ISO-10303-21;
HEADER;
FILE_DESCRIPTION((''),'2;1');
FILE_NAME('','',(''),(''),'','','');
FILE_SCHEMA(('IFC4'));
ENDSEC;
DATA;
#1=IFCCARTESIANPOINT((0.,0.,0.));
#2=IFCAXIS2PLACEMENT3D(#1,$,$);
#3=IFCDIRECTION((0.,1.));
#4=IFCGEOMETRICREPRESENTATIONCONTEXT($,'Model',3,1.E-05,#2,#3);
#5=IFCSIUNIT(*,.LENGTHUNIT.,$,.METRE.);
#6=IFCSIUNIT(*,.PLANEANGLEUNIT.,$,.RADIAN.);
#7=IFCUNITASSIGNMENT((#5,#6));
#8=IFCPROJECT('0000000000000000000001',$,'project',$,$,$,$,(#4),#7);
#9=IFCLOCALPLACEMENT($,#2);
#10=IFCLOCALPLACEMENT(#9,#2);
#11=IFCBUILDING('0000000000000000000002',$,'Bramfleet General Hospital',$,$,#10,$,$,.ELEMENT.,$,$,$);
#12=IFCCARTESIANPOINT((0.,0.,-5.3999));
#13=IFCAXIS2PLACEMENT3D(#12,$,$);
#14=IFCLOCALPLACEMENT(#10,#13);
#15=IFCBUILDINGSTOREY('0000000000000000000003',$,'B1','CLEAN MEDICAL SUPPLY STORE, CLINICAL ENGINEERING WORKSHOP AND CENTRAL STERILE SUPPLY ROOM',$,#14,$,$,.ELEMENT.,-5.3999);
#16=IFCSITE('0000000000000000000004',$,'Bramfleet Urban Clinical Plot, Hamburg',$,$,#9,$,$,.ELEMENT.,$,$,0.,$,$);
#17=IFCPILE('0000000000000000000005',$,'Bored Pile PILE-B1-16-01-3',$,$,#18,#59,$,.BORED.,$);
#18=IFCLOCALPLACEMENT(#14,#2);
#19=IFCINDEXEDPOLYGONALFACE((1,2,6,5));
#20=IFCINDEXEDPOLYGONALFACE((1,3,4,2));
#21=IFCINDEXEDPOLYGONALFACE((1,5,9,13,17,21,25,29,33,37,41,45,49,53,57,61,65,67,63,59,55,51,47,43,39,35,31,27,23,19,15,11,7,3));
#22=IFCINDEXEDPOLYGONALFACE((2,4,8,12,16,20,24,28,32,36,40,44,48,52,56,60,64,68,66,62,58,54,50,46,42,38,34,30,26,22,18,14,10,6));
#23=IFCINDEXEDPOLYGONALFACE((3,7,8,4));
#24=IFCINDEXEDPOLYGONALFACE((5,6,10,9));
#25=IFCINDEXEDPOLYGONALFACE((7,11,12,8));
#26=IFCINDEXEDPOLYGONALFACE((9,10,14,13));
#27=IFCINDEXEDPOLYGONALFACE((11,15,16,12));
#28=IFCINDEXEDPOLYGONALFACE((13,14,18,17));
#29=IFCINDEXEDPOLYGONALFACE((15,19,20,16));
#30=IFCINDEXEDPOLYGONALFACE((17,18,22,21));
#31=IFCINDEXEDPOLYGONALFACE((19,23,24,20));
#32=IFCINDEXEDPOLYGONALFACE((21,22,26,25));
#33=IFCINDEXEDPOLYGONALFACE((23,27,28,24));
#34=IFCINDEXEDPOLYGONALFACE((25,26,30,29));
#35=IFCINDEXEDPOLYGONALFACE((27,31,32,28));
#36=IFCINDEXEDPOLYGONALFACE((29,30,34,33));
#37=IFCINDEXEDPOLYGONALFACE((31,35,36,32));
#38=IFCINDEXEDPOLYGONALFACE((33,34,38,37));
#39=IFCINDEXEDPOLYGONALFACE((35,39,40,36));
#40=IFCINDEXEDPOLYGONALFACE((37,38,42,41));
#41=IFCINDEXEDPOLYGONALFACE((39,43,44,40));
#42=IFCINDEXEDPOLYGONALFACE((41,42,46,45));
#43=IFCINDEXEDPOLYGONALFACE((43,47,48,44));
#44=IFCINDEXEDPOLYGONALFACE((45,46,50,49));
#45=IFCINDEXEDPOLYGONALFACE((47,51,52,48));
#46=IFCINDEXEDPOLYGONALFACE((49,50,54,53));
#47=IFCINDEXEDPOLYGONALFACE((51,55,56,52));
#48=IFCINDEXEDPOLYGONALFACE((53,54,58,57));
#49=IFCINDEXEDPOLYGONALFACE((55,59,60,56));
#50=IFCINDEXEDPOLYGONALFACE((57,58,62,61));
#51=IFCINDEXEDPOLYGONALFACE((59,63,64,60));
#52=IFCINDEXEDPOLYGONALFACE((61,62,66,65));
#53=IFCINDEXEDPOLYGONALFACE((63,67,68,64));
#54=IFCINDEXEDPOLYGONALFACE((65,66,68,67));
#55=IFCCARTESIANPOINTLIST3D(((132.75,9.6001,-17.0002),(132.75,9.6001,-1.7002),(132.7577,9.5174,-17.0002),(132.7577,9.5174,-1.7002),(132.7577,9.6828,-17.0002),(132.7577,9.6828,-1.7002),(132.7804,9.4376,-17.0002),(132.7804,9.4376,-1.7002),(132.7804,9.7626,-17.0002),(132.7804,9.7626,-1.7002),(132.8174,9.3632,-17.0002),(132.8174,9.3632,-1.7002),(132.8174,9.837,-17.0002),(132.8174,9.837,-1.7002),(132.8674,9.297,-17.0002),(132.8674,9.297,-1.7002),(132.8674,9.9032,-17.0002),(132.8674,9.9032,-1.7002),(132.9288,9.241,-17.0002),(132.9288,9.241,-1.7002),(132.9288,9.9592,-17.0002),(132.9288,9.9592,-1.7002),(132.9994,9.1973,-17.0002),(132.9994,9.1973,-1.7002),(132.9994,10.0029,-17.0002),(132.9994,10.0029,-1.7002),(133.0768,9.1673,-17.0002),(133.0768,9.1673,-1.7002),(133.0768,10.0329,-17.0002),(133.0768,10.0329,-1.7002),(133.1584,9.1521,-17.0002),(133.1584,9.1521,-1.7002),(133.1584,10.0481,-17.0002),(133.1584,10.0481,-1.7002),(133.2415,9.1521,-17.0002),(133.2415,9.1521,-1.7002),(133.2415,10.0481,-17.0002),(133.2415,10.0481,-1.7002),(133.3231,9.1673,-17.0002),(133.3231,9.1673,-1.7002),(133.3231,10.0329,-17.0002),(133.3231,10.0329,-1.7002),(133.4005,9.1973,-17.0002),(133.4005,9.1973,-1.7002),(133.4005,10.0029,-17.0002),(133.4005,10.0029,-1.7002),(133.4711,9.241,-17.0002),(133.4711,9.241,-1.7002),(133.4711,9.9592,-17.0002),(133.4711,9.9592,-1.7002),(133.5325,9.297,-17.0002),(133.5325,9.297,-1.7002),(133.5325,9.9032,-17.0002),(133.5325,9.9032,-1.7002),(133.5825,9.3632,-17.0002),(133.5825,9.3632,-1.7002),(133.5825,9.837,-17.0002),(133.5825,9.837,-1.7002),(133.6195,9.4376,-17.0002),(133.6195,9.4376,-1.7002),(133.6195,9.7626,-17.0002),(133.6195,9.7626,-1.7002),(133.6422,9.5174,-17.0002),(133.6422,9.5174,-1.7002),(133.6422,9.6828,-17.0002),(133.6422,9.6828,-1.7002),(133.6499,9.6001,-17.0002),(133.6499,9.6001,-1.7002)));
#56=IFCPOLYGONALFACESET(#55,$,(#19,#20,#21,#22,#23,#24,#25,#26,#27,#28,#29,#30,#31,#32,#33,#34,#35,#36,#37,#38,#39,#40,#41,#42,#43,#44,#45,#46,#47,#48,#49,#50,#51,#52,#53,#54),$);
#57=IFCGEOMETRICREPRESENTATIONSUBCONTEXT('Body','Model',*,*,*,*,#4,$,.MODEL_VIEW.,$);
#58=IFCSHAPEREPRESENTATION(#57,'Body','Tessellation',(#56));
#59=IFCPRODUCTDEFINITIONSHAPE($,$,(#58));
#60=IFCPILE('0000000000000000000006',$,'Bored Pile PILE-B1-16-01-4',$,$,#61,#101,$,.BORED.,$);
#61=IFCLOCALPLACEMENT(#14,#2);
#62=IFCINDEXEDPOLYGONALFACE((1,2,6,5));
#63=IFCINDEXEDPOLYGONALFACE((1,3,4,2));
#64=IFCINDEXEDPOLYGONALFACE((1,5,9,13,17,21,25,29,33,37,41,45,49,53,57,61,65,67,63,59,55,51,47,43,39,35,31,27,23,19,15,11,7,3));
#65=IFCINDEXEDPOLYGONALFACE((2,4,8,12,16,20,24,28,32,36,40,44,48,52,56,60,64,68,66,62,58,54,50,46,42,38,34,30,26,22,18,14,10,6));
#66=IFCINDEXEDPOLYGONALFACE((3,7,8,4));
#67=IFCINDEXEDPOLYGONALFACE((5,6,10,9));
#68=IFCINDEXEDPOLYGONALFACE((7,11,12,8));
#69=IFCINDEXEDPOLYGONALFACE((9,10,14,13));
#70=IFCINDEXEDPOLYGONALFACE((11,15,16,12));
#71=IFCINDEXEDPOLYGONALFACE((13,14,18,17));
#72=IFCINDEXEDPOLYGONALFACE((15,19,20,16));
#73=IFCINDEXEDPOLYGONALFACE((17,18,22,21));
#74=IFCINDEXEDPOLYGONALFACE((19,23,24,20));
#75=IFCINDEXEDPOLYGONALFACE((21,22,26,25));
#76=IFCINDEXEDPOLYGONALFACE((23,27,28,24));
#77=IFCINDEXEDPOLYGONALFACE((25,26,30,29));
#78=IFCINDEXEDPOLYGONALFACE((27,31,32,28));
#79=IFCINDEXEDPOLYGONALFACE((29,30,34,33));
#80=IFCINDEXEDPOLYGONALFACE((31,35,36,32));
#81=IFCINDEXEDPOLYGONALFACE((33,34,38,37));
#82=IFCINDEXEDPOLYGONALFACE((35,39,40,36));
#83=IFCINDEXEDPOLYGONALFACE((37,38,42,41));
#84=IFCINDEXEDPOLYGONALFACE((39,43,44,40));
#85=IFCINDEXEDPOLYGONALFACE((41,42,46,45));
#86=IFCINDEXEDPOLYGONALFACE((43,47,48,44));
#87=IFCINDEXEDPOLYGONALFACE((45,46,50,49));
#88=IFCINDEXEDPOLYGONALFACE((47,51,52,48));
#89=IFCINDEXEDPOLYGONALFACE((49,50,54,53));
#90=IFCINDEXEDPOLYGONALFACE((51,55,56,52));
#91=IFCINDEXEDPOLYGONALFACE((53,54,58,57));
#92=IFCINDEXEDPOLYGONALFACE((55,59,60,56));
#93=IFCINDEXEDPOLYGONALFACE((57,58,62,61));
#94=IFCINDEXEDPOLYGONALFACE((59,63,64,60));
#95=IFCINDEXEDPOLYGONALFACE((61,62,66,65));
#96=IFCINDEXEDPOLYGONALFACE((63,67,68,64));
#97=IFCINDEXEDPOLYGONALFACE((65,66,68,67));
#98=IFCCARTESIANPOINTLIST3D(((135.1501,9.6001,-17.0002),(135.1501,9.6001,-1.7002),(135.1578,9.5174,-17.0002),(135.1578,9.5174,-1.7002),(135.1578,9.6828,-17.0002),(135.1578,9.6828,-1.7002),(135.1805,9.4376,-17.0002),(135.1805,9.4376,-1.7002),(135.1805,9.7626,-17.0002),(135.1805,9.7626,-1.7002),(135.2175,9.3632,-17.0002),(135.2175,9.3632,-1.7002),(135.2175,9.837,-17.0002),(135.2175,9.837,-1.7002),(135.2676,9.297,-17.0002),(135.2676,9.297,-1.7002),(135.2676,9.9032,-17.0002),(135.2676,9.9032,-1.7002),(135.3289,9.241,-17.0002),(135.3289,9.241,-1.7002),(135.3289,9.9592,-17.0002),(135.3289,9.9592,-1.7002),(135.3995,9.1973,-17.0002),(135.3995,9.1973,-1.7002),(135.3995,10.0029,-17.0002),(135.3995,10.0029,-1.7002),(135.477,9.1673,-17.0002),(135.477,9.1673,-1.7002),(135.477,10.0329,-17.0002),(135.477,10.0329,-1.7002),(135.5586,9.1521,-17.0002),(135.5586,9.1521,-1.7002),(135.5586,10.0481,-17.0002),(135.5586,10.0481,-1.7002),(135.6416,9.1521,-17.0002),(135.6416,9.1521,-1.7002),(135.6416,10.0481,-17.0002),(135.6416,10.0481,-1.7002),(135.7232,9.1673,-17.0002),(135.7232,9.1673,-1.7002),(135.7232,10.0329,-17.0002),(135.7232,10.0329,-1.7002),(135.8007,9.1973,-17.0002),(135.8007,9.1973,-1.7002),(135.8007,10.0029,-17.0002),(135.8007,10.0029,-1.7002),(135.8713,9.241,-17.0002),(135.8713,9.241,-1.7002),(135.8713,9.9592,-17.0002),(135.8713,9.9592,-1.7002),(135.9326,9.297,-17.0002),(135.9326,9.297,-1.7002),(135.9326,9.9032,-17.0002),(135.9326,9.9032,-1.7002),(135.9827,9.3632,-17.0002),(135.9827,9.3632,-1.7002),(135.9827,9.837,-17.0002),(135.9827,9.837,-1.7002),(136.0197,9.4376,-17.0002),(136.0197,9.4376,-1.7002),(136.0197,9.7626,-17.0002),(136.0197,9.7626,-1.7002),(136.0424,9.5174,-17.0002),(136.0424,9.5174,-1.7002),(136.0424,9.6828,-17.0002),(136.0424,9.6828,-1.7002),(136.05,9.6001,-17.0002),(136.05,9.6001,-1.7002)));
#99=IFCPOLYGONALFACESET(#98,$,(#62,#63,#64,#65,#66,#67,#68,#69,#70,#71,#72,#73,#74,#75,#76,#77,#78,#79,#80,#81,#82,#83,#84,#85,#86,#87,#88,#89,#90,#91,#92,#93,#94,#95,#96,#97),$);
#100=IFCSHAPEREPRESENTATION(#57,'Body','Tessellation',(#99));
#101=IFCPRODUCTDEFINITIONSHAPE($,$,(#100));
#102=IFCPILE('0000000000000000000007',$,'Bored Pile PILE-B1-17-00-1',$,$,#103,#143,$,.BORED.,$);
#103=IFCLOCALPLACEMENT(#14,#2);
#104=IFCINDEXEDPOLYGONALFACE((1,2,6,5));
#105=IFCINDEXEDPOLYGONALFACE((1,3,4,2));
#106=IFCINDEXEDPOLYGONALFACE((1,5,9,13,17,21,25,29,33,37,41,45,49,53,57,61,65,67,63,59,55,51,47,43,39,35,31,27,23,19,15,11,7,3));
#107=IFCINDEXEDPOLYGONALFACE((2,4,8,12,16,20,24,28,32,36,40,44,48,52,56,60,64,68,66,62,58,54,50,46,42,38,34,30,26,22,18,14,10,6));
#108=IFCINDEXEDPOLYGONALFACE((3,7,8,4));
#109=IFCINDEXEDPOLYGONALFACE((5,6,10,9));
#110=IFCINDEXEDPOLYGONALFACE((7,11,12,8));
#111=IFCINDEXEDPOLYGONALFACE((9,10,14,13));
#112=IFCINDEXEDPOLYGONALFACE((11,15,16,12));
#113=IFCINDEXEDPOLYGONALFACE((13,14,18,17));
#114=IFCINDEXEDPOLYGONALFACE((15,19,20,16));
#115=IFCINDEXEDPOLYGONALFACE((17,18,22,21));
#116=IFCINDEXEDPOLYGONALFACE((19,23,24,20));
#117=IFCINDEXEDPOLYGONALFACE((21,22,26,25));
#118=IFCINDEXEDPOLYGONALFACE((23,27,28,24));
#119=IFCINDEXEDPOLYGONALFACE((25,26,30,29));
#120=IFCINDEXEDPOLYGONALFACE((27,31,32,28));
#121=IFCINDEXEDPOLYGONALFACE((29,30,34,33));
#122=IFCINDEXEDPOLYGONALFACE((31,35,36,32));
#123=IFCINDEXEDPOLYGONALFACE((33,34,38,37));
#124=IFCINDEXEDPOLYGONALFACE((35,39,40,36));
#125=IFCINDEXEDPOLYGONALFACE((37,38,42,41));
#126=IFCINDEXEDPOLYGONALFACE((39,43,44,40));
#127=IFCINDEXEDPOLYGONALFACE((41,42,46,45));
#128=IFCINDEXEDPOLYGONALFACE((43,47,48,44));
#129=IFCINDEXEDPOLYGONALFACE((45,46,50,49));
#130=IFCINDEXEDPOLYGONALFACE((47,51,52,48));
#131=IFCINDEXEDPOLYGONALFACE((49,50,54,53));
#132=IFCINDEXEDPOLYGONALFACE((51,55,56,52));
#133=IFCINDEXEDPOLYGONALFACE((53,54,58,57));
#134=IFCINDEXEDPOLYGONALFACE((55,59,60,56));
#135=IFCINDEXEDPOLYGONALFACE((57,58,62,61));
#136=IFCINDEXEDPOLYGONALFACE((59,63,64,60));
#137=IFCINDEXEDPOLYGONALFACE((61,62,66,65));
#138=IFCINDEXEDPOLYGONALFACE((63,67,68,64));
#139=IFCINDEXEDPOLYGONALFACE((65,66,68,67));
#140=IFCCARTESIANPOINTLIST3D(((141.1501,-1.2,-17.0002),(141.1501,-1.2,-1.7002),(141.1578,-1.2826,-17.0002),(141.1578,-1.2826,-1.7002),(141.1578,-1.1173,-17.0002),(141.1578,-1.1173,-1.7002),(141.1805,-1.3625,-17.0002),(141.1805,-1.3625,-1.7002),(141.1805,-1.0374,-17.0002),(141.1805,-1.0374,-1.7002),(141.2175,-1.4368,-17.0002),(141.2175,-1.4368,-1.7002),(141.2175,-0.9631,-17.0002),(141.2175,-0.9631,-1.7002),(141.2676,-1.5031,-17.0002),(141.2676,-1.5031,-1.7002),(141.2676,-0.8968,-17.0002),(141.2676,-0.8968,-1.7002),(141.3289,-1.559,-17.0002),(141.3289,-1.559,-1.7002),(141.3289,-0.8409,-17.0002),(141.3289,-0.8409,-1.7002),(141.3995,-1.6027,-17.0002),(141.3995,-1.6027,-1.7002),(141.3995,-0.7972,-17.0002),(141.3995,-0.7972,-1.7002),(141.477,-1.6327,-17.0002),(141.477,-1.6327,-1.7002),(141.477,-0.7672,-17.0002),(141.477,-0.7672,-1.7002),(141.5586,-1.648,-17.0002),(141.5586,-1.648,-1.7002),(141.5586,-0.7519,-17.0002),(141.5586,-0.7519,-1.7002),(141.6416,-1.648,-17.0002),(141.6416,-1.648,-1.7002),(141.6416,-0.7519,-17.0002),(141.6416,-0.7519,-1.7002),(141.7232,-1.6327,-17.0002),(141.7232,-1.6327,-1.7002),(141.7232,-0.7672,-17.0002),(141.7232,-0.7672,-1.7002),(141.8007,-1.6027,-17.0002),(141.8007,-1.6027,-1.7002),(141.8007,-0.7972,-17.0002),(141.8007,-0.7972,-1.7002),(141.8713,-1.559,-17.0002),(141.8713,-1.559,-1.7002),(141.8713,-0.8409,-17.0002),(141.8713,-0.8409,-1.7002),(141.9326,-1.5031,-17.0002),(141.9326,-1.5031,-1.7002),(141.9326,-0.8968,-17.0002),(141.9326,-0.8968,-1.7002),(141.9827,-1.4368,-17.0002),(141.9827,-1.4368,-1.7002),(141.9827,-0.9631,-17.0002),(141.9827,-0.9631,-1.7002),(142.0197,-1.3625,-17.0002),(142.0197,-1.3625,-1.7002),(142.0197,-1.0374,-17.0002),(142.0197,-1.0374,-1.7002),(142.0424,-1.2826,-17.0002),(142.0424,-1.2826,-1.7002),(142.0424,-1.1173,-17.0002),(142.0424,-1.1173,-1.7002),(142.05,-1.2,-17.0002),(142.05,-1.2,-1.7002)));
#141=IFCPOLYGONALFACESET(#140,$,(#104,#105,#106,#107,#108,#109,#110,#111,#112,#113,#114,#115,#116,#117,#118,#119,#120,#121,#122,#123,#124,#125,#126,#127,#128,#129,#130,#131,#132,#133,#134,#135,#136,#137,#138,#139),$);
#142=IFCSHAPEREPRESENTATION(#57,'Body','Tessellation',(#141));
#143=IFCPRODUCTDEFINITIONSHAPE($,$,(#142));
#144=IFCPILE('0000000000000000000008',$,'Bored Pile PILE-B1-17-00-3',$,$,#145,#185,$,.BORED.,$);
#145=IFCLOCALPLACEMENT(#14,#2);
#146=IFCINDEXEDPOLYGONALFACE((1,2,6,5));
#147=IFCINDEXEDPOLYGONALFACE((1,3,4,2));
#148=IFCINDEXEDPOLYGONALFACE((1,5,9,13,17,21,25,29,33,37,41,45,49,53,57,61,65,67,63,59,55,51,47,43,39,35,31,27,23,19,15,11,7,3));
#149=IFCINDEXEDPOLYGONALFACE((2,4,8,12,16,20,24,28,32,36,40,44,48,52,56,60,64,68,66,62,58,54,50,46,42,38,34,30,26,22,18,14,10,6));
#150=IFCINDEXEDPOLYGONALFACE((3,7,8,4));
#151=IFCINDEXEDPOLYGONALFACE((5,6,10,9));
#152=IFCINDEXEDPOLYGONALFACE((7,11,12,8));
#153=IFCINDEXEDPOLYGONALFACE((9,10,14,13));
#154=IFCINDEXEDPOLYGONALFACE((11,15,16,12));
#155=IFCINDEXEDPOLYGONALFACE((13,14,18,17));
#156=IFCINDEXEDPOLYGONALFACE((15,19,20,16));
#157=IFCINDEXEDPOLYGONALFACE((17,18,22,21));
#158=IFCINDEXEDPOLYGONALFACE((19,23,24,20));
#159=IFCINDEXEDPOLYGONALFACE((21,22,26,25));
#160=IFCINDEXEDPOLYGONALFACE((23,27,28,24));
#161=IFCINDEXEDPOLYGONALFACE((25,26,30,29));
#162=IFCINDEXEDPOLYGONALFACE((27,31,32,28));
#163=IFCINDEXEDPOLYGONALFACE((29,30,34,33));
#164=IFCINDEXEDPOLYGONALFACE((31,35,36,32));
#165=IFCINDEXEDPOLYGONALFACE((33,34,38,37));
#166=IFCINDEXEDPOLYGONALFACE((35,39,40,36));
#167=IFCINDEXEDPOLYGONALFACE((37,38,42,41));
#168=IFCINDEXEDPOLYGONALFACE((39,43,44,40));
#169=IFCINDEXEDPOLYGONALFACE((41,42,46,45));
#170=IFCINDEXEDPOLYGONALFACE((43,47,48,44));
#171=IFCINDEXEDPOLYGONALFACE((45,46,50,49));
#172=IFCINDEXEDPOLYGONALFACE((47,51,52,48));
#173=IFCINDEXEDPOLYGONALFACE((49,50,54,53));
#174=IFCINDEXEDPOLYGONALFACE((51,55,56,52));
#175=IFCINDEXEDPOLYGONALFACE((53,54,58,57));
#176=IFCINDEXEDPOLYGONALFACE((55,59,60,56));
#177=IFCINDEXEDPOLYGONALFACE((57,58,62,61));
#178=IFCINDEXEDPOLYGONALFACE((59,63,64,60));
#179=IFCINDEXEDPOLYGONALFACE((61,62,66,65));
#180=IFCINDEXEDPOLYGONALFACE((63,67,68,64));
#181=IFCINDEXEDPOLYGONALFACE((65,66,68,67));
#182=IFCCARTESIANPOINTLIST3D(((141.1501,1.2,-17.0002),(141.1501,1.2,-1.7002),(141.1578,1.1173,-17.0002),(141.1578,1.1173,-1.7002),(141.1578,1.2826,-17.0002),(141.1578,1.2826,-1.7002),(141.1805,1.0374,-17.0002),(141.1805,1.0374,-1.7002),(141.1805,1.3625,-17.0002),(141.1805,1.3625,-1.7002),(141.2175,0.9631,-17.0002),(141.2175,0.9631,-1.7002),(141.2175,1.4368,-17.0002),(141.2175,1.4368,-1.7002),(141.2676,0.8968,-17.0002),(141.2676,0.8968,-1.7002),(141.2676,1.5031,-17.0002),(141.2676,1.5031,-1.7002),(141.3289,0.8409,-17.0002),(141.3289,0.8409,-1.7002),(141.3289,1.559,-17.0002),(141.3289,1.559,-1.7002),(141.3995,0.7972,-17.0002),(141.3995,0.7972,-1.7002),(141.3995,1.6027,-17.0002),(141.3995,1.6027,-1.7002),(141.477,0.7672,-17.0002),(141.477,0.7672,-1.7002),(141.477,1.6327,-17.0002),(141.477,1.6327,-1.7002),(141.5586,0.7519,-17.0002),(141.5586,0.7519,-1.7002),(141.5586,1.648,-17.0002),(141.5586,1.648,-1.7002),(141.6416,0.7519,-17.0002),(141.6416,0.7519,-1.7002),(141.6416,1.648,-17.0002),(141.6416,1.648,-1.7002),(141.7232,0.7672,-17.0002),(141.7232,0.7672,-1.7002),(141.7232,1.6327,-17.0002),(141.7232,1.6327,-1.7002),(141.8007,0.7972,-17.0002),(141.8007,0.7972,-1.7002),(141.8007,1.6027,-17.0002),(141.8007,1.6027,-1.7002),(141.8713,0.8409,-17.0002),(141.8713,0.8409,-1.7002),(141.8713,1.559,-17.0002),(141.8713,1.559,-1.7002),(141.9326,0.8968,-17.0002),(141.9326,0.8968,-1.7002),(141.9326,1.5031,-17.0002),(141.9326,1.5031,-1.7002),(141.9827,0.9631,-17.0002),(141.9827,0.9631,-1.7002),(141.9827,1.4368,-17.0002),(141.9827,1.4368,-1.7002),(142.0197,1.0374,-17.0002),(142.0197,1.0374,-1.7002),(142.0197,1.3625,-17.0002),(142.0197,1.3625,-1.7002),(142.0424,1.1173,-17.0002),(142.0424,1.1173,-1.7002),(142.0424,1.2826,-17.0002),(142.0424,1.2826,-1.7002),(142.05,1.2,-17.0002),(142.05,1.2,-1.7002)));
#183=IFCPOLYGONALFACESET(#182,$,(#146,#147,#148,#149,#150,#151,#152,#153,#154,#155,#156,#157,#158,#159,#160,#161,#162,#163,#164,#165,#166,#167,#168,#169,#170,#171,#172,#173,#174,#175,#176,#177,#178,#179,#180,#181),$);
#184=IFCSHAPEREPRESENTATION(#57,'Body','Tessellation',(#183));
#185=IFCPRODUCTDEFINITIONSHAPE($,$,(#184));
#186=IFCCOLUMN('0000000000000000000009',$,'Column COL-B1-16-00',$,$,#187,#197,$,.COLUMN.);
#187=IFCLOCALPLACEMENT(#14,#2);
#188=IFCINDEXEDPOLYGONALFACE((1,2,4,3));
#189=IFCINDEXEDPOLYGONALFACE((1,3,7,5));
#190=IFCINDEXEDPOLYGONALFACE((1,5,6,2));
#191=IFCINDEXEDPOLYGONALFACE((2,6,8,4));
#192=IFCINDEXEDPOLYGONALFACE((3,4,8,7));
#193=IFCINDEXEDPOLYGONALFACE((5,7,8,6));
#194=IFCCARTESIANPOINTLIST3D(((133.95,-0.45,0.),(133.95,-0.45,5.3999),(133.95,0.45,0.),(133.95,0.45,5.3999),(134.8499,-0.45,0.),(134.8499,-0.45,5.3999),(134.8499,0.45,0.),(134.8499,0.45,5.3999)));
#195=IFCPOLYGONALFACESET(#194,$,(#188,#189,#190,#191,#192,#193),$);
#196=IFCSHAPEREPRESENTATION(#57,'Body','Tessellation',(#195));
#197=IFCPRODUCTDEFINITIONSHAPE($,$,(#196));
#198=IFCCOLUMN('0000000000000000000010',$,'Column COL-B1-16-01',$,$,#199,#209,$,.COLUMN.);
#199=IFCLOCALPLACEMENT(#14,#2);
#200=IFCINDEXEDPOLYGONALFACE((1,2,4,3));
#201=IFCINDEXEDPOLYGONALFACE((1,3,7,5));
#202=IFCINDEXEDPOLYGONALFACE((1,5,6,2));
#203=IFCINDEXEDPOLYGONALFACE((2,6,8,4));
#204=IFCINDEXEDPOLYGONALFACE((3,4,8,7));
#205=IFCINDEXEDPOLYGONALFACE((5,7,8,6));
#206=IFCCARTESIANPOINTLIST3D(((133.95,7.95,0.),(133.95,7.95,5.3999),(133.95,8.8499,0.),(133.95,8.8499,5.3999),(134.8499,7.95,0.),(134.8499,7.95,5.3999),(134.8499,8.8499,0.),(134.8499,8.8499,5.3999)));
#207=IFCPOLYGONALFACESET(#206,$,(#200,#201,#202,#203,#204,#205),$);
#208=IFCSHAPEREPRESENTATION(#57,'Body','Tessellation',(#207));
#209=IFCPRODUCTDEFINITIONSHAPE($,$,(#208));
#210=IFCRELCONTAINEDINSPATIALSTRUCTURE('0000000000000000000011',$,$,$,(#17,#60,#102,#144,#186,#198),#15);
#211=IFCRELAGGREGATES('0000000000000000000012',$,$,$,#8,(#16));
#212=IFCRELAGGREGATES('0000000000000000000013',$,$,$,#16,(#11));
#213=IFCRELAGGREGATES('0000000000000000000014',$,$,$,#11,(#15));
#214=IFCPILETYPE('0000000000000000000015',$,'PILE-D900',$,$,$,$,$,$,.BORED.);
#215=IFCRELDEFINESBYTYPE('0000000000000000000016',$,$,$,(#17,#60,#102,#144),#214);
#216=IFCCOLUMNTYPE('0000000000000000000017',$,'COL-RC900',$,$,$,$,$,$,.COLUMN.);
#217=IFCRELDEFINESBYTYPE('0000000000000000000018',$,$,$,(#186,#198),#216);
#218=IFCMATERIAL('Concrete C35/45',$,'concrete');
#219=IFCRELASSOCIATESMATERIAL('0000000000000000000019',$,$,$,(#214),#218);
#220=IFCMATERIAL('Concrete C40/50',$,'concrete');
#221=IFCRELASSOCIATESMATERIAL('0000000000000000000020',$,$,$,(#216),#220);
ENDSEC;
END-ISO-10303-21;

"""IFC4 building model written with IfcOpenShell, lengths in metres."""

from ifc_helpers import new_model, si_unit, direction, frame, origin, origin_2d, place, context, subcontext, project, spatial, rectangle, circle, extrude, material, material_profile, profile_set, type_object, element, save


model = new_model("IFC4")

# Units and contexts
model_context = context("Model", 3, precision=1e-05, world=origin(), true_north=direction((0.0, 1.0)))
body_context = subcontext(model_context, "Body", "Model", "MODEL_VIEW")
ifc_project = project(units=[si_unit("LENGTHUNIT", "METRE"), si_unit("PLANEANGLEUNIT", "RADIAN")], contexts=[model_context])

# Site, building, storey
site_placement = place(None, origin())
site = spatial("IfcSite", under=ifc_project, at=site_placement, Name="Bramfleet Urban Clinical Plot, Hamburg", CompositionType="ELEMENT", RefElevation=0.0)
building_placement = place(site_placement, origin())
building = spatial("IfcBuilding", under=site, at=building_placement, Name="Bramfleet General Hospital", CompositionType="ELEMENT")
storey_placement = place(building_placement, frame((0.0, 0.0, -5.3999)))
storey = spatial("IfcBuildingStorey", under=building, at=storey_placement, Name="B1", Description="CLEAN MEDICAL SUPPLY STORE, CLINICAL ENGINEERING WORKSHOP AND CENTRAL STERILE SUPPLY ROOM", CompositionType="ELEMENT", Elevation=-5.3999)

# Shared definitions
ifc_material_1 = material(Name="Concrete C35/45", Category="concrete")

# Piles
ifc_material_profile_1 = material_profile(ifc_material_1, circle(Radius=0.45, at=origin_2d()), Name="PILE BORED D900")
ifc_profile_set_1 = profile_set([ifc_material_profile_1], Name="Concrete C35/45")
pile_type_1 = type_object("IfcPileType", Name="PILE-D900", PredefinedType="BORED", material=ifc_profile_set_1)
for number, where, z_axis, x_axis, name in (
    (1, (133.2, 9.6001, -1.7002), (0.0, 0.0, -1.0), (1.0, 0.0, 0.0), "Bored Pile PILE-B1-16-01-3"),
    (2, (135.6001, 9.6001, -1.7002), (0.0, 0.0, -1.0), (1.0, 0.0, 0.0), "Bored Pile PILE-B1-16-01-4"),
    (3, (141.6001, -1.2, -1.7002), (0.0, 0.0, -1.0), (1.0, 0.0, 0.0), "Bored Pile PILE-B1-17-00-1"),
    (4, (141.6001, 1.2, -1.7002), (0.0, 0.0, -1.0), (1.0, 0.0, 0.0), "Bored Pile PILE-B1-17-00-3"),
):
    element("IfcPile", number, at=place(storey_placement, frame(where, z_axis=z_axis, x_axis=x_axis)), inside=storey, type_object=pile_type_1, Name=name, PredefinedType="BORED", context=body_context, shape_type="SweptSolid", body=[
        extrude(circle(Radius=0.45, at=origin_2d()), origin(), (0.0, 0.0, 1.0), 15.3),
    ])

# Columns
ifc_material_2 = material(Name="Concrete C40/50", Category="concrete")
ifc_material_profile_2 = material_profile(ifc_material_2, rectangle(XDim=0.8999, YDim=0.8999, at=origin_2d()), Name="RC COL 900x900")
ifc_profile_set_2 = profile_set([ifc_material_profile_2], Name="Concrete C40/50")
column_type = type_object("IfcColumnType", Name="COL-RC900", PredefinedType="COLUMN", material=ifc_profile_set_2)
for number, where, z_axis, x_axis, name in (
    (5, (134.3999, 0.0, 0.0), (0.0, 0.0, 1.0), (1.0, 0.0, 0.0), "Column COL-B1-16-00"),
    (6, (134.3999, 8.3999, 0.0), (0.0, 0.0, 1.0), (1.0, 0.0, 0.0), "Column COL-B1-16-01"),
):
    element("IfcColumn", number, at=place(storey_placement, frame(where, z_axis=z_axis, x_axis=x_axis)), inside=storey, type_object=column_type, Name=name, PredefinedType="COLUMN", context=body_context, shape_type="SweptSolid", body=[
        extrude(rectangle(XDim=0.8999, YDim=0.8999, at=origin_2d()), origin(), (0.0, 0.0, 1.0), 5.3999),
    ])

save(model, "model.ifc")
